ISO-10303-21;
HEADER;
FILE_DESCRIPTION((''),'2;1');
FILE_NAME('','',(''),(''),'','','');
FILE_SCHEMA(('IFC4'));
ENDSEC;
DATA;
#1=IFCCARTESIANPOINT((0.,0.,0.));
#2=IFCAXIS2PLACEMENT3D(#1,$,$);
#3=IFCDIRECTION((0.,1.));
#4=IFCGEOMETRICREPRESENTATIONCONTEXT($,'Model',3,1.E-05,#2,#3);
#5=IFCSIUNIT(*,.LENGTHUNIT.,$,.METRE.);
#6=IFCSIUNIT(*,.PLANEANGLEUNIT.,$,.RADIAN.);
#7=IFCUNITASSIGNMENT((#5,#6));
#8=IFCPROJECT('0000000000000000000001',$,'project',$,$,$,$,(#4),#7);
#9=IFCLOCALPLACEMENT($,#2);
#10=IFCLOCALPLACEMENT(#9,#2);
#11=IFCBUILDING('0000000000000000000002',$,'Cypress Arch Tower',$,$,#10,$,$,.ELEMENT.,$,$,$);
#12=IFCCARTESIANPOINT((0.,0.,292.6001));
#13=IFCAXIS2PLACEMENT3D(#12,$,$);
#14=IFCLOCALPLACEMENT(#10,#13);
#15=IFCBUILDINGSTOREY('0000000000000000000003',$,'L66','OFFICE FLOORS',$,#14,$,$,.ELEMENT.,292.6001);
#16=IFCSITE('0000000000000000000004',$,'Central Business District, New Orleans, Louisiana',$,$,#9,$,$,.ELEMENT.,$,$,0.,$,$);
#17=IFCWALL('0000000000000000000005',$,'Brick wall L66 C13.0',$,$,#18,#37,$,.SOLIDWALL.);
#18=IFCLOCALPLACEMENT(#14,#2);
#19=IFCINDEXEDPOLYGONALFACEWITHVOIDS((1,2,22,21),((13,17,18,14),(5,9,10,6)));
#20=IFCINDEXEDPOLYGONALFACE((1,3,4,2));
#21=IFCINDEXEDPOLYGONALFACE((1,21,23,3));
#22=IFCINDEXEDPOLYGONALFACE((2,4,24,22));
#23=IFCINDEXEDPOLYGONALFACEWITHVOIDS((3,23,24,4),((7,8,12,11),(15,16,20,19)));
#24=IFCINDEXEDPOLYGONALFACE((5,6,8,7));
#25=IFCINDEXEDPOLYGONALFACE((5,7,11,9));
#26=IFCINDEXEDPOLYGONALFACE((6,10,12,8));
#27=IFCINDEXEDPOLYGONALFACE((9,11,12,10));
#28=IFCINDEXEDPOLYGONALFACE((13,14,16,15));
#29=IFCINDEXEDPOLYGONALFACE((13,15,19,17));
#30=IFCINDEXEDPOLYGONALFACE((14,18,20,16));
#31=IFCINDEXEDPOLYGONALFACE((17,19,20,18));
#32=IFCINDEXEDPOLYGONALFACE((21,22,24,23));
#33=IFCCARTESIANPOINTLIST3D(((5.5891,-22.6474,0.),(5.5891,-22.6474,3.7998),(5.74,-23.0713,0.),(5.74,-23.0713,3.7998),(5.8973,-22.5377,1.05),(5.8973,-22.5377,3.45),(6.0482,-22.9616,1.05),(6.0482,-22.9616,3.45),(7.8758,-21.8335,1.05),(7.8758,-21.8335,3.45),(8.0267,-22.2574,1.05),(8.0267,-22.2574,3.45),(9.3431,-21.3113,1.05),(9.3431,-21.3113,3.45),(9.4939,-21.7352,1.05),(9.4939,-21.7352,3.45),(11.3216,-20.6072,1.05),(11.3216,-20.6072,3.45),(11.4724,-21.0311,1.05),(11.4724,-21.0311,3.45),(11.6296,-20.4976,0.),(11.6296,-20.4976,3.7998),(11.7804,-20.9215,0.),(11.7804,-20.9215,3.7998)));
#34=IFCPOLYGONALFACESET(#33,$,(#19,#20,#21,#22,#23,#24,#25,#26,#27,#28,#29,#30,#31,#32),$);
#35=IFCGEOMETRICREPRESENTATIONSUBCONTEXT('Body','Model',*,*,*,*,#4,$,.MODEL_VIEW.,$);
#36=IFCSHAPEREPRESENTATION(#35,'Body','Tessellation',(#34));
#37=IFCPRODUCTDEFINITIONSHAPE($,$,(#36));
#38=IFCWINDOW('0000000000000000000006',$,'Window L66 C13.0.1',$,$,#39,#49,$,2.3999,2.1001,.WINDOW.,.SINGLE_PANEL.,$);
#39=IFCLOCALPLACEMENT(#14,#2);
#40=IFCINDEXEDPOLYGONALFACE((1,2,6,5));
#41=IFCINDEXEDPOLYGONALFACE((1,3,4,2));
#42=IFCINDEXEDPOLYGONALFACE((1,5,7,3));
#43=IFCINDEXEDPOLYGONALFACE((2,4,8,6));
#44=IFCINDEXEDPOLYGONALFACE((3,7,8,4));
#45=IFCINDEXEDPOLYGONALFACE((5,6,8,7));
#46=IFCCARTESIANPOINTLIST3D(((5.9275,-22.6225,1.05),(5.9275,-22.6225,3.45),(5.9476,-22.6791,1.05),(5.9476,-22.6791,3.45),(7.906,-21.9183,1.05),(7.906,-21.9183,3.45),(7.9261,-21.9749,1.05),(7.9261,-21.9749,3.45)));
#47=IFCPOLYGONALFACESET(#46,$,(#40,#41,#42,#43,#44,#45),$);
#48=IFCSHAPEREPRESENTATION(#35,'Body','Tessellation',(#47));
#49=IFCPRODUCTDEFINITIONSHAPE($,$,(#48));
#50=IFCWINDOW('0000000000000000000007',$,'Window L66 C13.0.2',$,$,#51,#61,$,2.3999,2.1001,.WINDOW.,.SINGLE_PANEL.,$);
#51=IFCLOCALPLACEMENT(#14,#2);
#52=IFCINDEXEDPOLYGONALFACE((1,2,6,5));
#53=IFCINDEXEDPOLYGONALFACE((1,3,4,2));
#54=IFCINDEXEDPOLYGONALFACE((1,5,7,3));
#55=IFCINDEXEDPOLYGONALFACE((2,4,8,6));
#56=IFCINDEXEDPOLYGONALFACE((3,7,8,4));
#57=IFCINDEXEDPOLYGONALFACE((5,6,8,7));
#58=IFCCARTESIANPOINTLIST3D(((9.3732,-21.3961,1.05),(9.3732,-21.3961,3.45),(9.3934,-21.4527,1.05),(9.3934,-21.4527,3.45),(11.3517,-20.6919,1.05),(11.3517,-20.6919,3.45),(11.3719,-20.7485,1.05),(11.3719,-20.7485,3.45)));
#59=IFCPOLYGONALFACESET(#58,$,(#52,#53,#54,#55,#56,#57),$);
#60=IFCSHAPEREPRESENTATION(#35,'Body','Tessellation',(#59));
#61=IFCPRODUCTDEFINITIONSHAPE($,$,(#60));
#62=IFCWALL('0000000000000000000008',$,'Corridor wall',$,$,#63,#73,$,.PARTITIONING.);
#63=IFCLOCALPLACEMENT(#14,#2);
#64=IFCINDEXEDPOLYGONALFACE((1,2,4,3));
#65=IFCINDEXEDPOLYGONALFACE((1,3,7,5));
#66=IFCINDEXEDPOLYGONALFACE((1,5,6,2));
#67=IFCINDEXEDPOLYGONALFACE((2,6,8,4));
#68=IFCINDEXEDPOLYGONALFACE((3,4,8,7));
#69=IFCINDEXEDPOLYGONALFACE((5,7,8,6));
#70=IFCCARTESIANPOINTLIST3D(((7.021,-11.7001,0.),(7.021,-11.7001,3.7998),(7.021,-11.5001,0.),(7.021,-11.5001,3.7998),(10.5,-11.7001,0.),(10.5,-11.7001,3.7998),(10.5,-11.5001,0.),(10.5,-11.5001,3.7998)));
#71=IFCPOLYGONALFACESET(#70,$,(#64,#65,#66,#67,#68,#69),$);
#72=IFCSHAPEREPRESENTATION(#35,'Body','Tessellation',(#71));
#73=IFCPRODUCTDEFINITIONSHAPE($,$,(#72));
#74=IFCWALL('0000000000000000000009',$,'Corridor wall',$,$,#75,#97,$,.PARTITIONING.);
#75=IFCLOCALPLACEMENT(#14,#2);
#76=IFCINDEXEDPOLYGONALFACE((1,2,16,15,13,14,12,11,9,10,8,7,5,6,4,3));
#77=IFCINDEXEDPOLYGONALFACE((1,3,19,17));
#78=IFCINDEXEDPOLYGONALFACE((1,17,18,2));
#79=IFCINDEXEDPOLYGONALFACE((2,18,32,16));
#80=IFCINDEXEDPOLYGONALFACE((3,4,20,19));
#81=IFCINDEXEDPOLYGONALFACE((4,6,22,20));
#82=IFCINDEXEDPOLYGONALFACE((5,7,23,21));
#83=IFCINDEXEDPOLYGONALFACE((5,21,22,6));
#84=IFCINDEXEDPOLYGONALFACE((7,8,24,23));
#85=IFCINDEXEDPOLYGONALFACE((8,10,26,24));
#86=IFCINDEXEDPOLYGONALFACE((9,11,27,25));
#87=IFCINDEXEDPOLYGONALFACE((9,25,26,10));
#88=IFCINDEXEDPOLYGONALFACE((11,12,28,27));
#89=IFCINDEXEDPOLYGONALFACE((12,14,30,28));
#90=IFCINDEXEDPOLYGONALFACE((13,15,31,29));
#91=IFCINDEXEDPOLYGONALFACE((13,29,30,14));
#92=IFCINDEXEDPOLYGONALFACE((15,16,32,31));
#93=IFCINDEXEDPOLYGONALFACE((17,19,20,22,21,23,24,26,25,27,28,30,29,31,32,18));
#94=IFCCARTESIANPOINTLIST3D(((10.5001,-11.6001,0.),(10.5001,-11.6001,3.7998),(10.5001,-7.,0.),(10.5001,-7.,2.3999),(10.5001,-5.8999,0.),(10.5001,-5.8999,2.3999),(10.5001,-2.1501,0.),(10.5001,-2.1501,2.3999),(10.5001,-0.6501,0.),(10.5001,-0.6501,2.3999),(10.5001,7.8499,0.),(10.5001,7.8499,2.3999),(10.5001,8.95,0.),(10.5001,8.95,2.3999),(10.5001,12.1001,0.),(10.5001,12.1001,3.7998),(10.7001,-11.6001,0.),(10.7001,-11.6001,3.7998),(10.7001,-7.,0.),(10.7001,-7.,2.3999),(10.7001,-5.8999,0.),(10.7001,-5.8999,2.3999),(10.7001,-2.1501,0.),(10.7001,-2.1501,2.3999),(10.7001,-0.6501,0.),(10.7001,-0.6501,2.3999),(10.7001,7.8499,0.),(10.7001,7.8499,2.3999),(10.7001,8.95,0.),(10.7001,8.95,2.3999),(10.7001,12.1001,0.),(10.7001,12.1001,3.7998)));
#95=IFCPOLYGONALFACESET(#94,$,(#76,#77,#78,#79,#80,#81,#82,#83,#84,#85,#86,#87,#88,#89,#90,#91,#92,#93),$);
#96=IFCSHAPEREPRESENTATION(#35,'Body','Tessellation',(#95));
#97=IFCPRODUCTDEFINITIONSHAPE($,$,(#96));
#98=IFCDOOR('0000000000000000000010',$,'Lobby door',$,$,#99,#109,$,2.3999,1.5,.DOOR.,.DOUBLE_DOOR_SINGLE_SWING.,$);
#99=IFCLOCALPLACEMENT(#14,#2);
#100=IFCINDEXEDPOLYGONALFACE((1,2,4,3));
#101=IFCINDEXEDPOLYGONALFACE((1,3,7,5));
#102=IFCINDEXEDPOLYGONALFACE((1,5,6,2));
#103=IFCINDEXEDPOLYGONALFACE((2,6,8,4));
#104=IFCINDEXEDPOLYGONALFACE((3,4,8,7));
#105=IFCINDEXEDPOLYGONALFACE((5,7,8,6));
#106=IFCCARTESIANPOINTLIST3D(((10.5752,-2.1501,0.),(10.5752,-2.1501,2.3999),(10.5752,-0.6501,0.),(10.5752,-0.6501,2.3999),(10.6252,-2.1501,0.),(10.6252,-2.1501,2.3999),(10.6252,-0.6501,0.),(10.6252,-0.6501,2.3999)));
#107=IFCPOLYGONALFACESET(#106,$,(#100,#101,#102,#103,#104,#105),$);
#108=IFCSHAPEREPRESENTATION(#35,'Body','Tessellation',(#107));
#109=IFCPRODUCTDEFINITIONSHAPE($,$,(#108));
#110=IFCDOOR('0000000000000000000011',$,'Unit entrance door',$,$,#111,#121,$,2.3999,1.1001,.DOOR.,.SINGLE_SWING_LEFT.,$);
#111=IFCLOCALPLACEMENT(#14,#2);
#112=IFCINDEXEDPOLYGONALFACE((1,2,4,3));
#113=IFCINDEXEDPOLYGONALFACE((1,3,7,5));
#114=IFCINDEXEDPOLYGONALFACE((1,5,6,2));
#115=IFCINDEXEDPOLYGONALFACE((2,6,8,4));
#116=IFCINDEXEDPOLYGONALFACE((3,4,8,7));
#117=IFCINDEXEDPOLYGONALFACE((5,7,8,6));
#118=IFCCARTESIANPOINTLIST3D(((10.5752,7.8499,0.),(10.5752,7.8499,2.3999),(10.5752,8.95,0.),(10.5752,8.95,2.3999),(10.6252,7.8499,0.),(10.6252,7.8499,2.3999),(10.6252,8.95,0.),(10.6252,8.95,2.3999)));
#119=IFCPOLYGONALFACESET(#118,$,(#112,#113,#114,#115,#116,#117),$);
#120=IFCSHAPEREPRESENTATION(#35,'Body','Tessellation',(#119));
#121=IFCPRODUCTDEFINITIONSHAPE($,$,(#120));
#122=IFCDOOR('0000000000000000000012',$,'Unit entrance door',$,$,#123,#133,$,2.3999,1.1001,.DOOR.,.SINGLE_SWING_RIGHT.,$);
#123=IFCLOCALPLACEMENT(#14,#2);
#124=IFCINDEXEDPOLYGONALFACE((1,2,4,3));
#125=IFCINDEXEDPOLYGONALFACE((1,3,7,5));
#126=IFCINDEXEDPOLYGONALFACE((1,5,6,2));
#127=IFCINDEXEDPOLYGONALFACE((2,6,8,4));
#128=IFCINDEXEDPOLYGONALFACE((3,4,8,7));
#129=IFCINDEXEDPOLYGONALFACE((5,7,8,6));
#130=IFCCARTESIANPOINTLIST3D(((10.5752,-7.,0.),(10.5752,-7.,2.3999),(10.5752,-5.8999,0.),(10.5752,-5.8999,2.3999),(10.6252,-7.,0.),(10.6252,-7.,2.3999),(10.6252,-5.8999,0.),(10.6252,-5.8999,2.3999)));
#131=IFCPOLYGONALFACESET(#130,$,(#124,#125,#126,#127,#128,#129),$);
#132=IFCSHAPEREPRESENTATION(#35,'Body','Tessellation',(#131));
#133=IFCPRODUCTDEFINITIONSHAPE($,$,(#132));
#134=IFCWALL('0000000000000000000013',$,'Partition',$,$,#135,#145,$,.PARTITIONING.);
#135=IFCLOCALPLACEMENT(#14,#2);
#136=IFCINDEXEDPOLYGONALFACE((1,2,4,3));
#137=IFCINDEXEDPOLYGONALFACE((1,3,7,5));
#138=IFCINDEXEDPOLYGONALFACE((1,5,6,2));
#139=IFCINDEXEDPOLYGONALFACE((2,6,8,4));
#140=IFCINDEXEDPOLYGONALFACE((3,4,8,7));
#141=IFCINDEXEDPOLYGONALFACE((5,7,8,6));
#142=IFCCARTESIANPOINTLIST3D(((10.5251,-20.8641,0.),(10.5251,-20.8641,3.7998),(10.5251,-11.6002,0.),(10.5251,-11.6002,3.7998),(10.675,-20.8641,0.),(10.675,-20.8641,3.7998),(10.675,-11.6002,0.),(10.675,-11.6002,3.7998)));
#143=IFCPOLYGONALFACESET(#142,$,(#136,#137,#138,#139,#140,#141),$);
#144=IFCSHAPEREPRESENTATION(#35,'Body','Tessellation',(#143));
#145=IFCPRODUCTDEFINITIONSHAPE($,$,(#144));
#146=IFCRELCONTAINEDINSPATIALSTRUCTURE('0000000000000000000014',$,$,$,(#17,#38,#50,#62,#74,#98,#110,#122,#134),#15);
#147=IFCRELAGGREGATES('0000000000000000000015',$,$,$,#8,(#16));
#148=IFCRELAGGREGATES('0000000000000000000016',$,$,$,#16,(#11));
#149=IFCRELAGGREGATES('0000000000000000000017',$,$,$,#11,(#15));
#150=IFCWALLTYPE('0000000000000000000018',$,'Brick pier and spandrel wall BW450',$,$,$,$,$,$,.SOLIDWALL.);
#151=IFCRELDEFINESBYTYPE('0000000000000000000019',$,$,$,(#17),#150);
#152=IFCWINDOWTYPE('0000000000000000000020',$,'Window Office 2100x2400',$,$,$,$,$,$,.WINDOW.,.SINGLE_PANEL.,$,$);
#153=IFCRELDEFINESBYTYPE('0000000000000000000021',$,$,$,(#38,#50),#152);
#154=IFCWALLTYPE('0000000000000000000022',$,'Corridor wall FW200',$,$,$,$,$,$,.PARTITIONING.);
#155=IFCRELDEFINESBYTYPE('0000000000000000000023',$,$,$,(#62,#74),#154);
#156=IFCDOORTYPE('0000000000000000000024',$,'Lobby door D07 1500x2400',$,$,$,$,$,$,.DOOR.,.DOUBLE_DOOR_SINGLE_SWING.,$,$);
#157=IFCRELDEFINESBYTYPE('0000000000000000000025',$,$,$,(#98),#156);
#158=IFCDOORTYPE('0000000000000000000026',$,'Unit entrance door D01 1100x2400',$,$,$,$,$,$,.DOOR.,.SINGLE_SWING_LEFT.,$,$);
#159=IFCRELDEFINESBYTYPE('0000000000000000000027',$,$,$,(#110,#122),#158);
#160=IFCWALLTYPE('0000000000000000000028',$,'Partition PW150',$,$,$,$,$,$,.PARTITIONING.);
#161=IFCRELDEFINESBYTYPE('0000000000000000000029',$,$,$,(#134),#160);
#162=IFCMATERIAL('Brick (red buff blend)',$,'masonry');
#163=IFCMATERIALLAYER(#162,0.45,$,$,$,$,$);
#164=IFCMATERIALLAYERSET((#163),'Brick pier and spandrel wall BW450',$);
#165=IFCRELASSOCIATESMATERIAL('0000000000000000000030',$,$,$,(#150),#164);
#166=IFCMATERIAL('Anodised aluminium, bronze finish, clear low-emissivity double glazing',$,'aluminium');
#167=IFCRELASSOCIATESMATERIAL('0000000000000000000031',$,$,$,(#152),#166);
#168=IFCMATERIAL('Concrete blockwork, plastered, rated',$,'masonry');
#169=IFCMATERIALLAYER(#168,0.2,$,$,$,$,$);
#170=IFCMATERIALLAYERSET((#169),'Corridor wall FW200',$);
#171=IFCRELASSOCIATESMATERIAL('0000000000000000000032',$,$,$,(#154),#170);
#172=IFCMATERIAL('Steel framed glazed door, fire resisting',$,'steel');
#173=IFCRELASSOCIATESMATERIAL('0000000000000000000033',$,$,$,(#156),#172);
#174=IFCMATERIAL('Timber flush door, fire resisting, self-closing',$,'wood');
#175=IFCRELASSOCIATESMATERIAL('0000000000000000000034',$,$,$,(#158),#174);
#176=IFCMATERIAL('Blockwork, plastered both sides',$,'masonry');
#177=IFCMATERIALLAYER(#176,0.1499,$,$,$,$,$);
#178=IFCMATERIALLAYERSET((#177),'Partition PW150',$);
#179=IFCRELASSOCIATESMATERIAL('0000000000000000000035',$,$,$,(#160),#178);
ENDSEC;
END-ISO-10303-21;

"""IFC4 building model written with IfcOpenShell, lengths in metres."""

from ifc_helpers import new_model, si_unit, direction, frame, frame_2d, origin, place, context, subcontext, project, spatial, rectangle, extrude, material, layer, layer_set, type_object, element, fill, save


model = new_model("IFC4")

# Units and contexts
model_context = context("Model", 3, precision=1e-05, world=origin(), true_north=direction((0.0, 1.0)))
body_context = subcontext(model_context, "Body", "Model", "MODEL_VIEW")
ifc_project = project(units=[si_unit("LENGTHUNIT", "METRE"), si_unit("PLANEANGLEUNIT", "RADIAN")], contexts=[model_context])

# Site, building, storey
site_placement = place(None, origin())
site = spatial("IfcSite", under=ifc_project, at=site_placement, Name="Central Business District, New Orleans, Louisiana", CompositionType="ELEMENT", RefElevation=0.0)
building_placement = place(site_placement, origin())
building = spatial("IfcBuilding", under=site, at=building_placement, Name="Cypress Arch Tower", CompositionType="ELEMENT")
storey_placement = place(building_placement, frame((0.0, 0.0, 292.6001)))
storey = spatial("IfcBuildingStorey", under=building, at=storey_placement, Name="L66", Description="OFFICE FLOORS", CompositionType="ELEMENT", Elevation=292.6001)

# Wall, openings, windows
ifc_material_1 = material(Name="Brick (red buff blend)", Category="masonry")
ifc_layer_1 = layer(ifc_material_1, 0.45)
ifc_layer_set_1 = layer_set([ifc_layer_1], Name="Brick pier and spandrel wall BW450")
wall_type_1 = type_object("IfcWallType", Name="Brick pier and spandrel wall BW450", PredefinedType="SOLIDWALL", material=ifc_layer_set_1)
wall_1_placement = place(storey_placement, frame((5.6646, -22.8594, 0.0), z_axis=(0.0, 0.0, 1.0), x_axis=(0.942108, 0.335309, 0.0)))
wall_1 = element("IfcWall", 1, at=wall_1_placement, inside=storey, type_object=wall_type_1, Name="Brick wall L66 C13.0", PredefinedType="SOLIDWALL", context=body_context, shape_type="SweptSolid", body=[
    extrude(rectangle(XDim=6.4116, YDim=0.45, at=frame_2d((3.2058, 0.0))), origin(), (0.0, 0.0, 1.0), 3.7998),
])
opening_1_placement = place(wall_1_placement, frame((0.3271, 0.0, 1.05)))
opening_1 = element("IfcOpeningElement", 2, at=opening_1_placement, cuts=wall_1, PredefinedType="OPENING", context=body_context, shape_type="SweptSolid", body=[
    extrude(rectangle(XDim=2.1001, YDim=2.3999, at=frame_2d((1.05, 1.2))), frame((0.0, 0.2349, 0.0), z_axis=(0.0, -1.0, 0.0), x_axis=(1.0, 0.0, 0.0)), (0.0, 0.0, 1.0), 0.47),
])
opening_2_placement = place(wall_1_placement, frame((3.9846, 0.0, 1.05)))
opening_2 = element("IfcOpeningElement", 3, at=opening_2_placement, cuts=wall_1, PredefinedType="OPENING", context=body_context, shape_type="SweptSolid", body=[
    extrude(rectangle(XDim=2.1001, YDim=2.3999, at=frame_2d((1.05, 1.2))), frame((0.0, 0.2349, 0.0), z_axis=(0.0, -1.0, 0.0), x_axis=(1.0, 0.0, 0.0)), (0.0, 0.0, 1.0), 0.47),
])
ifc_material_2 = material(Name="Anodised aluminium, bronze finish, clear low-emissivity double glazing", Category="aluminium")
window_type = type_object("IfcWindowType", Name="Window Office 2100x2400", PartitioningType="SINGLE_PANEL", PredefinedType="WINDOW", material=ifc_material_2)
window_1_placement = place(opening_1_placement, origin())
window_1 = element("IfcWindow", 4, at=window_1_placement, inside=storey, type_object=window_type, Name="Window L66 C13.0.1", OverallHeight=2.3999, OverallWidth=2.1001, PartitioningType="SINGLE_PANEL", PredefinedType="WINDOW", context=body_context, shape_type="SweptSolid", body=[
    extrude(rectangle(XDim=2.1001, YDim=2.3999, at=frame_2d((1.05, 1.2))), frame((0.0, 0.135, 0.0), z_axis=(0.0, -1.0, 0.0), x_axis=(1.0, 0.0, 0.0)), (0.0, 0.0, 1.0), 0.0601),
])
fill(opening_1, window_1)
window_2_placement = place(opening_2_placement, origin())
window_2 = element("IfcWindow", 5, at=window_2_placement, inside=storey, type_object=window_type, Name="Window L66 C13.0.2", OverallHeight=2.3999, OverallWidth=2.1001, PartitioningType="SINGLE_PANEL", PredefinedType="WINDOW", context=body_context, shape_type="SweptSolid", body=[
    extrude(rectangle(XDim=2.1001, YDim=2.3999, at=frame_2d((1.05, 1.2))), frame((0.0, 0.135, 0.0), z_axis=(0.0, -1.0, 0.0), x_axis=(1.0, 0.0, 0.0)), (0.0, 0.0, 1.0), 0.0601),
])
fill(opening_2, window_2)

# Wall
ifc_material_3 = material(Name="Concrete blockwork, plastered, rated", Category="masonry")
ifc_layer_2 = layer(ifc_material_3, 0.2)
ifc_layer_set_2 = layer_set([ifc_layer_2], Name="Corridor wall FW200")
wall_type_2 = type_object("IfcWallType", Name="Corridor wall FW200", PredefinedType="PARTITIONING", material=ifc_layer_set_2)
wall_2_placement = place(storey_placement, frame((7.021, -11.6001, 0.0), z_axis=(0.0, 0.0, 1.0), x_axis=(1.0, 0.0, 0.0)))
element("IfcWall", 6, at=wall_2_placement, inside=storey, type_object=wall_type_2, Name="Corridor wall", PredefinedType="PARTITIONING", context=body_context, shape_type="SweptSolid", body=[
    extrude(rectangle(XDim=3.479, YDim=0.2, at=frame_2d((1.7395, 0.0))), origin(), (0.0, 0.0, 1.0), 3.7998),
])

# Wall, openings, doors
wall_3_placement = place(storey_placement, frame((10.6001, -11.6001, 0.0), z_axis=(0.0, 0.0, 1.0), x_axis=(0.0, 1.0, 0.0)))
wall_3 = element("IfcWall", 7, at=wall_3_placement, inside=storey, type_object=wall_type_2, Name="Corridor wall", PredefinedType="PARTITIONING", context=body_context, shape_type="SweptSolid", body=[
    extrude(rectangle(XDim=23.7002, YDim=0.2, at=frame_2d((11.8501, 0.0))), origin(), (0.0, 0.0, 1.0), 3.7998),
])
opening_3_placement = place(wall_3_placement, frame((9.45, 0.0, 0.0)))
opening_3 = element("IfcOpeningElement", 8, at=opening_3_placement, cuts=wall_3, PredefinedType="OPENING", context=body_context, shape_type="SweptSolid", body=[
    extrude(rectangle(XDim=1.5, YDim=2.3999, at=frame_2d((0.75, 1.2))), frame((0.0, 0.1099, 0.0), z_axis=(0.0, -1.0, 0.0), x_axis=(1.0, 0.0, 0.0)), (0.0, 0.0, 1.0), 0.22),
])
opening_4_placement = place(wall_3_placement, frame((19.45, 0.0, 0.0)))
opening_4 = element("IfcOpeningElement", 9, at=opening_4_placement, cuts=wall_3, PredefinedType="OPENING", context=body_context, shape_type="SweptSolid", body=[
    extrude(rectangle(XDim=1.1001, YDim=2.3999, at=frame_2d((0.55, 1.2))), frame((0.0, 0.1099, 0.0), z_axis=(0.0, -1.0, 0.0), x_axis=(1.0, 0.0, 0.0)), (0.0, 0.0, 1.0), 0.22),
])
opening_5_placement = place(wall_3_placement, frame((4.6001, 0.0, 0.0)))
opening_5 = element("IfcOpeningElement", 10, at=opening_5_placement, cuts=wall_3, PredefinedType="OPENING", context=body_context, shape_type="SweptSolid", body=[
    extrude(rectangle(XDim=1.1001, YDim=2.3999, at=frame_2d((0.55, 1.2))), frame((0.0, 0.1099, 0.0), z_axis=(0.0, -1.0, 0.0), x_axis=(1.0, 0.0, 0.0)), (0.0, 0.0, 1.0), 0.22),
])
ifc_material_4 = material(Name="Steel framed glazed door, fire resisting", Category="steel")
door_type_1 = type_object("IfcDoorType", Name="Lobby door D07 1500x2400", OperationType="DOUBLE_DOOR_SINGLE_SWING", PredefinedType="DOOR", material=ifc_material_4)
door_1_placement = place(opening_3_placement, origin())
door_1 = element("IfcDoor", 11, at=door_1_placement, inside=storey, type_object=door_type_1, Name="Lobby door", OperationType="DOUBLE_DOOR_SINGLE_SWING", OverallHeight=2.3999, OverallWidth=1.5, PredefinedType="DOOR", context=body_context, shape_type="SweptSolid", body=[
    extrude(rectangle(XDim=1.5, YDim=2.3999, at=frame_2d((0.75, 1.2))), frame((0.0, 0.0249, 0.0), z_axis=(0.0, -1.0, 0.0), x_axis=(1.0, 0.0, 0.0)), (0.0, 0.0, 1.0), 0.05),
])
fill(opening_3, door_1)
ifc_material_5 = material(Name="Timber flush door, fire resisting, self-closing", Category="wood")
door_type_2 = type_object("IfcDoorType", Name="Unit entrance door D01 1100x2400", OperationType="SINGLE_SWING_LEFT", PredefinedType="DOOR", material=ifc_material_5)
door_2_placement = place(opening_4_placement, origin())
door_2 = element("IfcDoor", 12, at=door_2_placement, inside=storey, type_object=door_type_2, Name="Unit entrance door", OperationType="SINGLE_SWING_LEFT", OverallHeight=2.3999, OverallWidth=1.1001, PredefinedType="DOOR", context=body_context, shape_type="SweptSolid", body=[
    extrude(rectangle(XDim=1.1001, YDim=2.3999, at=frame_2d((0.55, 1.2))), frame((0.0, 0.0249, 0.0), z_axis=(0.0, -1.0, 0.0), x_axis=(1.0, 0.0, 0.0)), (0.0, 0.0, 1.0), 0.05),
])
fill(opening_4, door_2)
door_3_placement = place(opening_5_placement, origin())
door_3 = element("IfcDoor", 13, at=door_3_placement, inside=storey, type_object=door_type_2, Name="Unit entrance door", OperationType="SINGLE_SWING_RIGHT", OverallHeight=2.3999, OverallWidth=1.1001, PredefinedType="DOOR", context=body_context, shape_type="SweptSolid", body=[
    extrude(rectangle(XDim=1.1001, YDim=2.3999, at=frame_2d((0.55, 1.2))), frame((0.0, 0.0249, 0.0), z_axis=(0.0, -1.0, 0.0), x_axis=(1.0, 0.0, 0.0)), (0.0, 0.0, 1.0), 0.05),
])
fill(opening_5, door_3)

# Wall
ifc_material_6 = material(Name="Blockwork, plastered both sides", Category="masonry")
ifc_layer_3 = layer(ifc_material_6, 0.1499)
ifc_layer_set_3 = layer_set([ifc_layer_3], Name="Partition PW150")
wall_type_3 = type_object("IfcWallType", Name="Partition PW150", PredefinedType="PARTITIONING", material=ifc_layer_set_3)
wall_4_placement = place(storey_placement, frame((10.6001, -20.864, 0.0), z_axis=(0.0, 0.0, 1.0), x_axis=(0.0, 1.0, 0.0)))
element("IfcWall", 14, at=wall_4_placement, inside=storey, type_object=wall_type_3, Name="Partition", PredefinedType="PARTITIONING", context=body_context, shape_type="SweptSolid", body=[
    extrude(rectangle(XDim=9.2639, YDim=0.1499, at=frame_2d((4.6318, 0.0))), origin(), (0.0, 0.0, 1.0), 3.7998),
])

save(model, "model.ifc")
